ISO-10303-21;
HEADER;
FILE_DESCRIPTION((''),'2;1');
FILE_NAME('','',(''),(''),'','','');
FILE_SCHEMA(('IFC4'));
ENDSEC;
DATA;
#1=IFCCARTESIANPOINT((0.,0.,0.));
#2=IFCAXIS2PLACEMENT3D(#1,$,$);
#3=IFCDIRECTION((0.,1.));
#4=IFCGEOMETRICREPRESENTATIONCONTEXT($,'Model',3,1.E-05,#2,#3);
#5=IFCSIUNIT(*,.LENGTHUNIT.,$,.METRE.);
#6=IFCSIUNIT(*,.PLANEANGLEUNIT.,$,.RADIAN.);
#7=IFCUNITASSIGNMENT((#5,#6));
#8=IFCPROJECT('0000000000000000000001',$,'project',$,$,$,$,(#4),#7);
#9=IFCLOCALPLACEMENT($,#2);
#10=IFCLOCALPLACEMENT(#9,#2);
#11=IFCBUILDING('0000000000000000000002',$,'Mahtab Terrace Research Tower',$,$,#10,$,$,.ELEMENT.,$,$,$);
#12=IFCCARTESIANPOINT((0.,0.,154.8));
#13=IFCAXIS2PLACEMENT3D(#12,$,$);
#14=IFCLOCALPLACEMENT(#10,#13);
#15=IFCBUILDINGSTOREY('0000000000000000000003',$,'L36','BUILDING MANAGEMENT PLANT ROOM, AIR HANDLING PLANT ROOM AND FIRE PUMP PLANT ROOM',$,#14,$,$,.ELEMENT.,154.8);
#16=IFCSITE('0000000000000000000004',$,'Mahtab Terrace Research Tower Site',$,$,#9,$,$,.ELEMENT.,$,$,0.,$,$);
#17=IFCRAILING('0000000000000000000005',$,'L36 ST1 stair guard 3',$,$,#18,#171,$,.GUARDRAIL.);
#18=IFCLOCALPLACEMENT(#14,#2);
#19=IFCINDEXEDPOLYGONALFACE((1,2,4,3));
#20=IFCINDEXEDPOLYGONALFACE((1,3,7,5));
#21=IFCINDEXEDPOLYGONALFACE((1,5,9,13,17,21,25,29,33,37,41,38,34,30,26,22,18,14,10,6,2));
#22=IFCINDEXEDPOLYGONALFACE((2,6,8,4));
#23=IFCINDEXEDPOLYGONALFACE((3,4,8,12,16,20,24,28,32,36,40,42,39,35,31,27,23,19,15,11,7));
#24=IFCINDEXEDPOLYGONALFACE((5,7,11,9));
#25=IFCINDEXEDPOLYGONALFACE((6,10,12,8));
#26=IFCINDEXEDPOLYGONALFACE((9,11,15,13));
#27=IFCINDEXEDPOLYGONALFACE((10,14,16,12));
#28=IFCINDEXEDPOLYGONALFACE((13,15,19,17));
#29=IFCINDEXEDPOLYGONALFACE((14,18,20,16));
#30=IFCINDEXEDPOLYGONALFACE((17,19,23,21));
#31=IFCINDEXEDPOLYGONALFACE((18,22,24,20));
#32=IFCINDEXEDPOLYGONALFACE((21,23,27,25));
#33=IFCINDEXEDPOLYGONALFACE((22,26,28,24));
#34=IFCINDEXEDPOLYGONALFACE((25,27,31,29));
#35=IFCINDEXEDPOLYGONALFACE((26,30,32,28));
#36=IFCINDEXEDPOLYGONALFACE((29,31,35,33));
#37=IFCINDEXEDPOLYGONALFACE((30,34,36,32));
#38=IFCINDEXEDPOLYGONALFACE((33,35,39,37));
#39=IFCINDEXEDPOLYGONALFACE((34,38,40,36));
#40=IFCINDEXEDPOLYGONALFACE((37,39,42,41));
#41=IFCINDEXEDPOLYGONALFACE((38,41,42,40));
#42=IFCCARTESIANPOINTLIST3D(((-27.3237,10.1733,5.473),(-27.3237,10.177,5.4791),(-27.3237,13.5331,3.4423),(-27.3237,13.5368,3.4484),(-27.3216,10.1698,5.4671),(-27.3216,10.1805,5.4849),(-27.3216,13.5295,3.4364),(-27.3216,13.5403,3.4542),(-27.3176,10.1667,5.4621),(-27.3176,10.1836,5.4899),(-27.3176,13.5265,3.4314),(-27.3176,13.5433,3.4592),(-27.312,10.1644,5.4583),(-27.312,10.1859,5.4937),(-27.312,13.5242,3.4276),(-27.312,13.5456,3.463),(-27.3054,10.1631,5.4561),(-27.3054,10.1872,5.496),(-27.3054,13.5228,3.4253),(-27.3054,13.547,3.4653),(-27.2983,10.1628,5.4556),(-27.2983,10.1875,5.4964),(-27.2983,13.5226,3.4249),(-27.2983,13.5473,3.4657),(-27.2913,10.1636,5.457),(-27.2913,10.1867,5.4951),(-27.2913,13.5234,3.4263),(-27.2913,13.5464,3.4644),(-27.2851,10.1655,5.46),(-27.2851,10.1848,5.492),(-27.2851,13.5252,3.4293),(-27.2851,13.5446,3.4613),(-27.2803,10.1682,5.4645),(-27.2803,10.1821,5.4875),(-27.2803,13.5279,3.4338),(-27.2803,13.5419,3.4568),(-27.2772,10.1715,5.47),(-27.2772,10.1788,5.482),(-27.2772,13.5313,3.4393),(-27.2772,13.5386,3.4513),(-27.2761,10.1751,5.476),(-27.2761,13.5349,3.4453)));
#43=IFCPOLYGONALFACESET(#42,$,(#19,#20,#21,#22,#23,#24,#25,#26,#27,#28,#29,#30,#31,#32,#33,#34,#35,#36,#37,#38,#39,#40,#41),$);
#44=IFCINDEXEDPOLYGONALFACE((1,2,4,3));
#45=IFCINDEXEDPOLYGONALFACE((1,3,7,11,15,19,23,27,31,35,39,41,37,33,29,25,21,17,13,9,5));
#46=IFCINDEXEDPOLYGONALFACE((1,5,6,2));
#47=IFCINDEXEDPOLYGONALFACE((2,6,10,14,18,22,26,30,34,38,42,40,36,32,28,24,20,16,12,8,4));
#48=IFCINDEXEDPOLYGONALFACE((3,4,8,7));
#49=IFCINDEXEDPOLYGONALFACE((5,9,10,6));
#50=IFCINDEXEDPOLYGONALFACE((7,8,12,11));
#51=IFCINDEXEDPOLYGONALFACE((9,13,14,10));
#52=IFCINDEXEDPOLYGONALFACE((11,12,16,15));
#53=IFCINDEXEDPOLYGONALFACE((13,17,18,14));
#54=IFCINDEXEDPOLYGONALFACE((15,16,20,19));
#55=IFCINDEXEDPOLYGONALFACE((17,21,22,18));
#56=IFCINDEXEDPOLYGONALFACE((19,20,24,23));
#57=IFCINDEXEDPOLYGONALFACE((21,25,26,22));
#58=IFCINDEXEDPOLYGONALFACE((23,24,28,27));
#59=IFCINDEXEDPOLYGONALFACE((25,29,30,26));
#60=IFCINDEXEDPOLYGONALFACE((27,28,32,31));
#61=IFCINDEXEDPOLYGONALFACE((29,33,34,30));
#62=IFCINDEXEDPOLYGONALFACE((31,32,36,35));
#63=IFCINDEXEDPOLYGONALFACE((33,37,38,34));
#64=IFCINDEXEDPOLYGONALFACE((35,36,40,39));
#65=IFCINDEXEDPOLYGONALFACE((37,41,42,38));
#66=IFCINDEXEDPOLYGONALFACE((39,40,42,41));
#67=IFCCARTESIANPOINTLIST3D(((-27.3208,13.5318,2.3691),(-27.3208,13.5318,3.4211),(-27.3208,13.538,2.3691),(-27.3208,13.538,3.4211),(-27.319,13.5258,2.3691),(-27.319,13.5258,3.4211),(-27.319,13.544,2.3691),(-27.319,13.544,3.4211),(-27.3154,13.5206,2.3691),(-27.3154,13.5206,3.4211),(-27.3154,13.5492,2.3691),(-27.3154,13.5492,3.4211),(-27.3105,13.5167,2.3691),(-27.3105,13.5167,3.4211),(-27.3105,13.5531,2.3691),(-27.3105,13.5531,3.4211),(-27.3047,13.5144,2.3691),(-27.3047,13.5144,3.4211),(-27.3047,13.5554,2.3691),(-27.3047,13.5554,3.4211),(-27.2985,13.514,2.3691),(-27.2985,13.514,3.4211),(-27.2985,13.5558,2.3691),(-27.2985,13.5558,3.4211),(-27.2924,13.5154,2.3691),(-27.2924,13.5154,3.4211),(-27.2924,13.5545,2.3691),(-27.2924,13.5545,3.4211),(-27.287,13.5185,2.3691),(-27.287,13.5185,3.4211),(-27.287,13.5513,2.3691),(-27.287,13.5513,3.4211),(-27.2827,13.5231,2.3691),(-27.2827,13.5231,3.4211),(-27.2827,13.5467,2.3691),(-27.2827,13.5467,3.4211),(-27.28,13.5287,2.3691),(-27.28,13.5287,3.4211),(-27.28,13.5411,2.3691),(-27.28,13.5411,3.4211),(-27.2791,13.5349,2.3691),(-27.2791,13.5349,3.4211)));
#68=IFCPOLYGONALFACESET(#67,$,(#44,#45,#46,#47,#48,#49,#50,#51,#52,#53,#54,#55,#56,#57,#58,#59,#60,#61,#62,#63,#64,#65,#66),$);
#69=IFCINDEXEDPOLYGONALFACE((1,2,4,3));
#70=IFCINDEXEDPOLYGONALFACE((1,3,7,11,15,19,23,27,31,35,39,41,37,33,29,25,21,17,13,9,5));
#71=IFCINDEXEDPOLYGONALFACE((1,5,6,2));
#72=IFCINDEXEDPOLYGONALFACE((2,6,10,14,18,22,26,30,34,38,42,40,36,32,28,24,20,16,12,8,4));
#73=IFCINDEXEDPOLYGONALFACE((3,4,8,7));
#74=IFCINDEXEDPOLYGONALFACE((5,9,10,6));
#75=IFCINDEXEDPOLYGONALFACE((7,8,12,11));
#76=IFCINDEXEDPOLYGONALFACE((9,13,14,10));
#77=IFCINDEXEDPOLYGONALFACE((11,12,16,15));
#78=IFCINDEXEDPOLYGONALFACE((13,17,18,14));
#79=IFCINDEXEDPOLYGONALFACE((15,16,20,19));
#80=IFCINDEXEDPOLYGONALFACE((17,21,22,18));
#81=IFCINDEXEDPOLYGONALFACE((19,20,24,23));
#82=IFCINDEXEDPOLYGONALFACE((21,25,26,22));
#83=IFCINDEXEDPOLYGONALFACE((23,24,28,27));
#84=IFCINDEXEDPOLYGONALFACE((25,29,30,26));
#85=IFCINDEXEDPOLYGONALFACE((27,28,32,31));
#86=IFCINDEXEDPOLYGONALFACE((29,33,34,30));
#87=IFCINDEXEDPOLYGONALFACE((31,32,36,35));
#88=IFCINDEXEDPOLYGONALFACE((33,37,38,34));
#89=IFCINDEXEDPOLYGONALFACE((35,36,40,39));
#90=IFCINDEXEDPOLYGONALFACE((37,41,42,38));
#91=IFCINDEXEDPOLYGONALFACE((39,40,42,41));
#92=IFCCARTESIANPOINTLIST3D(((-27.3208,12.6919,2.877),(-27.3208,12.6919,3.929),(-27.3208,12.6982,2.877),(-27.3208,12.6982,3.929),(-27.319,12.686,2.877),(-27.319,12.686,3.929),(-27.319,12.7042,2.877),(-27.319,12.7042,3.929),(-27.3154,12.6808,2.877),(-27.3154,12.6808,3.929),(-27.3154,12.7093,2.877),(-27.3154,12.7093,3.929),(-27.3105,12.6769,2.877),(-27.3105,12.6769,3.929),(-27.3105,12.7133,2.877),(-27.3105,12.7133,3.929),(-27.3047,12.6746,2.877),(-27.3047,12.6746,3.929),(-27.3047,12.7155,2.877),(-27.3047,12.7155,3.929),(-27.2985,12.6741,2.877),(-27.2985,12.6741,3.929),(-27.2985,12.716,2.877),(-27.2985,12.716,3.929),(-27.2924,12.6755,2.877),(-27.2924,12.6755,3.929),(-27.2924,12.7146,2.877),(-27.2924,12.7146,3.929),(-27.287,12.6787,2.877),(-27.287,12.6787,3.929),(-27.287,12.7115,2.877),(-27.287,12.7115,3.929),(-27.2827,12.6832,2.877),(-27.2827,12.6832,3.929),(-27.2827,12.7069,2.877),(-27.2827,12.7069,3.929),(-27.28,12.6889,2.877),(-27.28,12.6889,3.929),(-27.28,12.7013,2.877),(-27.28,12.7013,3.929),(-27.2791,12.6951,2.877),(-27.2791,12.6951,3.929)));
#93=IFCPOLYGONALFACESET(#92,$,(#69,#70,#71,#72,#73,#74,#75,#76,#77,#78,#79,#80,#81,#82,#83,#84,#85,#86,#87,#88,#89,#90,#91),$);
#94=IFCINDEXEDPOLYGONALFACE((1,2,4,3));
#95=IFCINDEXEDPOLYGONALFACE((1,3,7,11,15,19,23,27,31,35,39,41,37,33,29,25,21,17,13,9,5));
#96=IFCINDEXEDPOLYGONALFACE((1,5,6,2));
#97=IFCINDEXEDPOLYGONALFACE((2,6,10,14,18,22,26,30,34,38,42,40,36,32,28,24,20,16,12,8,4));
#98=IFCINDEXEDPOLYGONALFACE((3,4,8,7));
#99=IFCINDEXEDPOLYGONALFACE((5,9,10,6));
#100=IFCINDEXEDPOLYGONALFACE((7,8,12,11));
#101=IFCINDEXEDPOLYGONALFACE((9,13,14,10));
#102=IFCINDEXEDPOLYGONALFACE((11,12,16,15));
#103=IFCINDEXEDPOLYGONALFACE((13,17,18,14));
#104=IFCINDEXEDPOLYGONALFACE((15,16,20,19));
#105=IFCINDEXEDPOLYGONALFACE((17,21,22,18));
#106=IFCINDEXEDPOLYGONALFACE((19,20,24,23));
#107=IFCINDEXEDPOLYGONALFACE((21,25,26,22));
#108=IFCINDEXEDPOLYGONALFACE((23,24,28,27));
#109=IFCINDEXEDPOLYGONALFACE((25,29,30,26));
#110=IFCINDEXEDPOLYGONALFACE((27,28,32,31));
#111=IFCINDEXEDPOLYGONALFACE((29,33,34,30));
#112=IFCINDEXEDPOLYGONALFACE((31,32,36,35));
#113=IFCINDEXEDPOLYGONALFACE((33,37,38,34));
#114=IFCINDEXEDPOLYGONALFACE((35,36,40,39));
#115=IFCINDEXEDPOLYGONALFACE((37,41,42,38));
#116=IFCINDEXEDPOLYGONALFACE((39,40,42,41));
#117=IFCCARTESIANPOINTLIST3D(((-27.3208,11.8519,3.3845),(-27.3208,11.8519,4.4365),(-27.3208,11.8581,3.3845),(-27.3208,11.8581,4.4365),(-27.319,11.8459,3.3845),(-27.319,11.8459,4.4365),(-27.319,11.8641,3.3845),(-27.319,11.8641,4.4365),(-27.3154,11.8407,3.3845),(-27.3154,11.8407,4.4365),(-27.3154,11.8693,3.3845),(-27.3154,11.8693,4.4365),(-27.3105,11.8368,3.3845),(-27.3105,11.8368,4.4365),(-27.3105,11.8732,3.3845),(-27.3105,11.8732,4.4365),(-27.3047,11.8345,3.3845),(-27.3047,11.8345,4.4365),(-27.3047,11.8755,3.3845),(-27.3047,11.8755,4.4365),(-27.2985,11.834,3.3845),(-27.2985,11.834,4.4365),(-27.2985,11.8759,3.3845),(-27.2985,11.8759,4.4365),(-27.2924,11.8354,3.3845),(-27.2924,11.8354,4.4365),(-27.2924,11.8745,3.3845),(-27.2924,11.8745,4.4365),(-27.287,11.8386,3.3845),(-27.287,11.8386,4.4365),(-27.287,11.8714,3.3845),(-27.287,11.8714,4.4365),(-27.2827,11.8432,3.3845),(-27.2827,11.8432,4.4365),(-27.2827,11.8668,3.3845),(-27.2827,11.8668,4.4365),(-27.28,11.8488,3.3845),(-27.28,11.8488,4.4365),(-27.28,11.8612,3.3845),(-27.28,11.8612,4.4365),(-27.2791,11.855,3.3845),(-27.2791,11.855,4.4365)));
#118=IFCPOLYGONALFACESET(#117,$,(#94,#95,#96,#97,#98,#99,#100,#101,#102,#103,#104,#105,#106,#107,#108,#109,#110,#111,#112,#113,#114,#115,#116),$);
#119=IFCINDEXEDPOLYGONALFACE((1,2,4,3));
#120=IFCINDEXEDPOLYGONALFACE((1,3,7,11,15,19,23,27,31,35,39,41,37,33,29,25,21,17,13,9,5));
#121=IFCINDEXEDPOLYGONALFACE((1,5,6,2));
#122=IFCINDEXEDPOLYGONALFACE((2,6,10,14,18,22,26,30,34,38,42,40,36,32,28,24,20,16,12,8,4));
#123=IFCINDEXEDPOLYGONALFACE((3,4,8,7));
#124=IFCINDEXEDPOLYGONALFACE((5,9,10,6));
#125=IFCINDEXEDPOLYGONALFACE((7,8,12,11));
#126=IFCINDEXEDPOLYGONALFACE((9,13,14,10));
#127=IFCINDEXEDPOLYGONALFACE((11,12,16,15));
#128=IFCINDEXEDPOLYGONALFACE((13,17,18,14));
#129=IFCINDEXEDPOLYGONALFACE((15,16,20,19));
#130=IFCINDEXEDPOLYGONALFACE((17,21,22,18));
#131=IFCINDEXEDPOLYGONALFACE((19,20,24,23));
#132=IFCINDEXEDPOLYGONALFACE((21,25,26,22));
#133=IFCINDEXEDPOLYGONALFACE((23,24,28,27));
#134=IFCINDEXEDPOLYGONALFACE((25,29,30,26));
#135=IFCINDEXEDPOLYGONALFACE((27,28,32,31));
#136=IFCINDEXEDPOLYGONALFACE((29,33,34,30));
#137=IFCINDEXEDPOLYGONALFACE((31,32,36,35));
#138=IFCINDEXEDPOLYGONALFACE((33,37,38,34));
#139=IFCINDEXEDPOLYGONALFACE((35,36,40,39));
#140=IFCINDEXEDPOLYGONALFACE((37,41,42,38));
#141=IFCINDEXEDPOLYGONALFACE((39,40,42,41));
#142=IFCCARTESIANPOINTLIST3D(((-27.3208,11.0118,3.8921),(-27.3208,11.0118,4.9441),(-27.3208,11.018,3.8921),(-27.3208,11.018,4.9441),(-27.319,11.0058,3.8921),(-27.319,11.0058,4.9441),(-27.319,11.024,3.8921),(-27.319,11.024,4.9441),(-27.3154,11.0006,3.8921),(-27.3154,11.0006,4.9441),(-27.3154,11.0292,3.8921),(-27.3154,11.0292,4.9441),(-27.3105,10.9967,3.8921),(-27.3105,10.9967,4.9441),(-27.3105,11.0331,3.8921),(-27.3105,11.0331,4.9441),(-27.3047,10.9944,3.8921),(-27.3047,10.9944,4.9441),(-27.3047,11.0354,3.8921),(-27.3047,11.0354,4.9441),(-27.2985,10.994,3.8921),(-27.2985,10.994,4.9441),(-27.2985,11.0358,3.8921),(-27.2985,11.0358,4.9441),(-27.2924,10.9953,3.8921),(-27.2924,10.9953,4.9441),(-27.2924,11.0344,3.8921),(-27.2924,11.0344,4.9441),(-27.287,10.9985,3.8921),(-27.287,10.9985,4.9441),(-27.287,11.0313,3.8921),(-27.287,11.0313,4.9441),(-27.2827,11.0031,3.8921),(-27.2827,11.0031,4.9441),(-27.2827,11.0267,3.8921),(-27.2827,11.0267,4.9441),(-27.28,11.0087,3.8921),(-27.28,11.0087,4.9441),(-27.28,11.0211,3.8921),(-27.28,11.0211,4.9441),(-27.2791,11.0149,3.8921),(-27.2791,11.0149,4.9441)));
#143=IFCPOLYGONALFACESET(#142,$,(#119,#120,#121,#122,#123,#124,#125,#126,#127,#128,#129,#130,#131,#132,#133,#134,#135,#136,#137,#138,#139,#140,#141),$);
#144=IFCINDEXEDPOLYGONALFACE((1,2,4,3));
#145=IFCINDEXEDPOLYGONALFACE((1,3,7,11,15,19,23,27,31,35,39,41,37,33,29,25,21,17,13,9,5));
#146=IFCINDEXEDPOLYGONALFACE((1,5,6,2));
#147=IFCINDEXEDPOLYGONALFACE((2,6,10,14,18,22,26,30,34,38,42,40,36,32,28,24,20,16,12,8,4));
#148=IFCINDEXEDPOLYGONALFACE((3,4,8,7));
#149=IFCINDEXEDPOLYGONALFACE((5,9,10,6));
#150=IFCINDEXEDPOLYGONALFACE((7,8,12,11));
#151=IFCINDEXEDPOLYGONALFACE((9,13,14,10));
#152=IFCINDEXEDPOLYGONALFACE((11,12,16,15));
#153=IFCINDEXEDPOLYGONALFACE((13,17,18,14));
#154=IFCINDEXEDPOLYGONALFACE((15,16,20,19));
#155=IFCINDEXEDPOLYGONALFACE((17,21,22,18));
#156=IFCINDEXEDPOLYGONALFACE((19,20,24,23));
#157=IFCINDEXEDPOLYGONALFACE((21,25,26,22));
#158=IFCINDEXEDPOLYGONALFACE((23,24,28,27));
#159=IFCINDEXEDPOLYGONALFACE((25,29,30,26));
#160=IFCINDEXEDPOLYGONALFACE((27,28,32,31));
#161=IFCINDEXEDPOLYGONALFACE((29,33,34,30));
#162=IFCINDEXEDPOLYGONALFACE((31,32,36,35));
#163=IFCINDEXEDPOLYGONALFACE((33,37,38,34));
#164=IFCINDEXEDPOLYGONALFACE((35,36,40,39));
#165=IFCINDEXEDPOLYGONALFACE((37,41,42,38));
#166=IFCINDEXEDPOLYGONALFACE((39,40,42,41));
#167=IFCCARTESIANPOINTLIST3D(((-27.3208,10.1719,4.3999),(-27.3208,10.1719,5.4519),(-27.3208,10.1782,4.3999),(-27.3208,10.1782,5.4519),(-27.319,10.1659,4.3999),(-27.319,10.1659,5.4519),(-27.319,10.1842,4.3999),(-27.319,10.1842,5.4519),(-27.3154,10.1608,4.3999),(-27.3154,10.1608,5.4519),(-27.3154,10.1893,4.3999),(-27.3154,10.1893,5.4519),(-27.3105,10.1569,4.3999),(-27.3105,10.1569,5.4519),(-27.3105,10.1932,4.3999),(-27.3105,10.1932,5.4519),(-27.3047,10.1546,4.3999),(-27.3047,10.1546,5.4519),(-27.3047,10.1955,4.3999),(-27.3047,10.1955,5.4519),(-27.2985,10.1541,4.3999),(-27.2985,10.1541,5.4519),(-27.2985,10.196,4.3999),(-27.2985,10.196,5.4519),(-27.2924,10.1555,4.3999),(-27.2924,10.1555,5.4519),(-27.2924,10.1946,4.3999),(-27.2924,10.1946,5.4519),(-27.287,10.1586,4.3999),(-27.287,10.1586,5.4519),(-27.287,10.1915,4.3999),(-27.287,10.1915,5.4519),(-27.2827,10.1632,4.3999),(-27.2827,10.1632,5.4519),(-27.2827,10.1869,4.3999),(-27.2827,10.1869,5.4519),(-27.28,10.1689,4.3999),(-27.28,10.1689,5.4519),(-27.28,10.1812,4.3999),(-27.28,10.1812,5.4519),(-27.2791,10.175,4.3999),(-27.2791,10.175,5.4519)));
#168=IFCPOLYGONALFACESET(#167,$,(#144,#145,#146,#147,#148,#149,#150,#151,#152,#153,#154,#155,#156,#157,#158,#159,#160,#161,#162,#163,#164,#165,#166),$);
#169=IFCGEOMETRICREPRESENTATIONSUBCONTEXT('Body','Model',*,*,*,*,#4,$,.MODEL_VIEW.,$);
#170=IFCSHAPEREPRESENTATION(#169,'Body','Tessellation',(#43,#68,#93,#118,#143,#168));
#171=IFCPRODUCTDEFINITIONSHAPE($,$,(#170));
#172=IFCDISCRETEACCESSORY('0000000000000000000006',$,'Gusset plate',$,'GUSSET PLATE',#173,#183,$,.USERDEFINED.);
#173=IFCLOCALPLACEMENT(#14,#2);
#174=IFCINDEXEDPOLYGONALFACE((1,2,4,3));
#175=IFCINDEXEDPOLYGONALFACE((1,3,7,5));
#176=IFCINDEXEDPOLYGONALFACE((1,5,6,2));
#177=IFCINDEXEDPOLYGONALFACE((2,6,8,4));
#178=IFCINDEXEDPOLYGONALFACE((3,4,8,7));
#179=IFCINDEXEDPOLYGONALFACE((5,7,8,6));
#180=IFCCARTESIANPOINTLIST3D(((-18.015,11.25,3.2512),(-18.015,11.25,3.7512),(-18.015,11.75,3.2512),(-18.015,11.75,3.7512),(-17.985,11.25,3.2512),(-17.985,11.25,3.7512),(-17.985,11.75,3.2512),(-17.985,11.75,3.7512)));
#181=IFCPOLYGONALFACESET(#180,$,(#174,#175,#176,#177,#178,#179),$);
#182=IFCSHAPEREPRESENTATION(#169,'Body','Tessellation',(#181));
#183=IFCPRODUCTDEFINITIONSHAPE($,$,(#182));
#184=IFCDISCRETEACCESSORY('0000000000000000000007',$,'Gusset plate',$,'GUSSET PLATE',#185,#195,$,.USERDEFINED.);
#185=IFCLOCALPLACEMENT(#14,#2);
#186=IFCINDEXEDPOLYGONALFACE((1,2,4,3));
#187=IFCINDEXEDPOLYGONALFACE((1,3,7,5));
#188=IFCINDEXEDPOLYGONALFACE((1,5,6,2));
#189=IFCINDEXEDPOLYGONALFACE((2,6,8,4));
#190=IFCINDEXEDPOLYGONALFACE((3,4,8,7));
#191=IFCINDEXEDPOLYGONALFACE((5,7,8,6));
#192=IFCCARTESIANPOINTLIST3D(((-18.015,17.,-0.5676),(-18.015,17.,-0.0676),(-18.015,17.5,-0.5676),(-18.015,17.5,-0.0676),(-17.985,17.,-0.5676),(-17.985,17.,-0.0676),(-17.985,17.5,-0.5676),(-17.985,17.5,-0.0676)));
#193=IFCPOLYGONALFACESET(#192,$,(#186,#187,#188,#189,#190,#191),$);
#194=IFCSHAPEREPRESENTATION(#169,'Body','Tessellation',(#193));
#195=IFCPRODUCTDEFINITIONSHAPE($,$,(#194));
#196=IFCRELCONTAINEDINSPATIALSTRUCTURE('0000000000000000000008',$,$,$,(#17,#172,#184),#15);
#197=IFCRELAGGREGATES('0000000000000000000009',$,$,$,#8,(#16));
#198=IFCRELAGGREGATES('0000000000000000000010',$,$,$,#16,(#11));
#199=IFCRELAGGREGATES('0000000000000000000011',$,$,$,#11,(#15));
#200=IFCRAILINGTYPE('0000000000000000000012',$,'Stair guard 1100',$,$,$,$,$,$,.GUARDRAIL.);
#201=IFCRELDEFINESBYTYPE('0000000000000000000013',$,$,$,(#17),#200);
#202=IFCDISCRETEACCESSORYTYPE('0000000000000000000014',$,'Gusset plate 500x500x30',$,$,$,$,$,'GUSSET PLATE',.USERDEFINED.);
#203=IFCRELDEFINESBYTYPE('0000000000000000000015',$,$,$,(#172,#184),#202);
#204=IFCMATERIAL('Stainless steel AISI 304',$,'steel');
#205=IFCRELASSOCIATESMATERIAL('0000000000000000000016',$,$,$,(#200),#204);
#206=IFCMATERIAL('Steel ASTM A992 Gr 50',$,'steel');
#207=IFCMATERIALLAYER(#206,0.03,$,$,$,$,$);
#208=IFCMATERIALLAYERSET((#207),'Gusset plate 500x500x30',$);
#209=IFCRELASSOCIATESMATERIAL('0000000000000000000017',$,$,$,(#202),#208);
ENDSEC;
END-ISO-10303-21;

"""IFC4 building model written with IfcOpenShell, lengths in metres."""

from ifc_helpers import new_model, si_unit, direction, frame, origin, origin_2d, place, context, subcontext, project, spatial, rectangle, circle, extrude, material, layer, layer_set, type_object, element, save


model = new_model("IFC4")

# Units and contexts
model_context = context("Model", 3, precision=1e-05, world=origin(), true_north=direction((0.0, 1.0)))
body_context = subcontext(model_context, "Body", "Model", "MODEL_VIEW")
ifc_project = project(units=[si_unit("LENGTHUNIT", "METRE"), si_unit("PLANEANGLEUNIT", "RADIAN")], contexts=[model_context])

# Site, building, storey
site_placement = place(None, origin())
site = spatial("IfcSite", under=ifc_project, at=site_placement, Name="Mahtab Terrace Research Tower Site", CompositionType="ELEMENT", RefElevation=0.0)
building_placement = place(site_placement, origin())
building = spatial("IfcBuilding", under=site, at=building_placement, Name="Mahtab Terrace Research Tower", CompositionType="ELEMENT")
storey_placement = place(building_placement, frame((0.0, 0.0, 154.8)))
storey = spatial("IfcBuildingStorey", under=building, at=storey_placement, Name="L36", Description="BUILDING MANAGEMENT PLANT ROOM, AIR HANDLING PLANT ROOM AND FIRE PUMP PLANT ROOM", CompositionType="ELEMENT", Elevation=154.8)

# Shared definitions
ifc_material_1 = material(Name="Steel ASTM A992 Gr 50", Category="steel")

# Shared definitions
ifc_material_2 = material(Name="Stainless steel AISI 304", Category="steel")

# Railing
railing_type = type_object("IfcRailingType", Name="Stair guard 1100", PredefinedType="GUARDRAIL", material=ifc_material_2)
railing_1_placement = place(storey_placement, frame((-27.3, 13.5349, 2.3691)))
element("IfcRailing", 1, at=railing_1_placement, inside=storey, type_object=railing_type, Name="L36 ST1 stair guard 3", PredefinedType="GUARDRAIL", context=body_context, shape_type="SweptSolid", body=[
    extrude(circle(Radius=0.0239, at=origin_2d()), frame((0.0, 0.0, 1.0762), z_axis=(0.0, -0.85582, 0.517273), x_axis=(1.0, 0.0, 0.0)), (0.0, 0.0, 1.0), 3.9258),
    extrude(circle(Radius=0.021, at=origin_2d()), origin(), (0.0, 0.0, 1.0), 1.052),
    extrude(circle(Radius=0.021, at=origin_2d()), frame((0.0, -0.8398, 0.5078)), (0.0, 0.0, 1.0), 1.052),
    extrude(circle(Radius=0.021, at=origin_2d()), frame((0.0, -1.6799, 1.0154)), (0.0, 0.0, 1.0), 1.052),
    extrude(circle(Radius=0.021, at=origin_2d()), frame((0.0, -2.52, 1.5229)), (0.0, 0.0, 1.0), 1.052),
    extrude(circle(Radius=0.021, at=origin_2d()), frame((0.0, -3.3599, 2.0308)), (0.0, 0.0, 1.0), 1.052),
])

# Discrete accessories
ifc_layer_1 = layer(ifc_material_1, 0.03)
ifc_layer_set_1 = layer_set([ifc_layer_1], Name="Gusset plate 500x500x30")
discrete_accessory_type = type_object("IfcDiscreteAccessoryType", Name="Gusset plate 500x500x30", ElementType="GUSSET PLATE", PredefinedType="USERDEFINED", material=ifc_layer_set_1)
for number, where, z_axis, x_axis, name in (
    (2, (-18.0, 11.5, 3.2512), (0.0, 0.0, 1.0), (0.0, 1.0, 0.0), "Gusset plate"),
    (3, (-18.0, 17.25, -0.5676), (0.0, 0.0, 1.0), (0.0, 1.0, 0.0), "Gusset plate"),
):
    element("IfcDiscreteAccessory", number, at=place(storey_placement, frame(where, z_axis=z_axis, x_axis=x_axis)), inside=storey, type_object=discrete_accessory_type, Name=name, ObjectType="GUSSET PLATE", PredefinedType="USERDEFINED", context=body_context, shape_type="SweptSolid", body=[
        extrude(rectangle(XDim=0.5, YDim=0.03, at=origin_2d()), origin(), (0.0, 0.0, 1.0), 0.5),
    ])

save(model, "model.ifc")
